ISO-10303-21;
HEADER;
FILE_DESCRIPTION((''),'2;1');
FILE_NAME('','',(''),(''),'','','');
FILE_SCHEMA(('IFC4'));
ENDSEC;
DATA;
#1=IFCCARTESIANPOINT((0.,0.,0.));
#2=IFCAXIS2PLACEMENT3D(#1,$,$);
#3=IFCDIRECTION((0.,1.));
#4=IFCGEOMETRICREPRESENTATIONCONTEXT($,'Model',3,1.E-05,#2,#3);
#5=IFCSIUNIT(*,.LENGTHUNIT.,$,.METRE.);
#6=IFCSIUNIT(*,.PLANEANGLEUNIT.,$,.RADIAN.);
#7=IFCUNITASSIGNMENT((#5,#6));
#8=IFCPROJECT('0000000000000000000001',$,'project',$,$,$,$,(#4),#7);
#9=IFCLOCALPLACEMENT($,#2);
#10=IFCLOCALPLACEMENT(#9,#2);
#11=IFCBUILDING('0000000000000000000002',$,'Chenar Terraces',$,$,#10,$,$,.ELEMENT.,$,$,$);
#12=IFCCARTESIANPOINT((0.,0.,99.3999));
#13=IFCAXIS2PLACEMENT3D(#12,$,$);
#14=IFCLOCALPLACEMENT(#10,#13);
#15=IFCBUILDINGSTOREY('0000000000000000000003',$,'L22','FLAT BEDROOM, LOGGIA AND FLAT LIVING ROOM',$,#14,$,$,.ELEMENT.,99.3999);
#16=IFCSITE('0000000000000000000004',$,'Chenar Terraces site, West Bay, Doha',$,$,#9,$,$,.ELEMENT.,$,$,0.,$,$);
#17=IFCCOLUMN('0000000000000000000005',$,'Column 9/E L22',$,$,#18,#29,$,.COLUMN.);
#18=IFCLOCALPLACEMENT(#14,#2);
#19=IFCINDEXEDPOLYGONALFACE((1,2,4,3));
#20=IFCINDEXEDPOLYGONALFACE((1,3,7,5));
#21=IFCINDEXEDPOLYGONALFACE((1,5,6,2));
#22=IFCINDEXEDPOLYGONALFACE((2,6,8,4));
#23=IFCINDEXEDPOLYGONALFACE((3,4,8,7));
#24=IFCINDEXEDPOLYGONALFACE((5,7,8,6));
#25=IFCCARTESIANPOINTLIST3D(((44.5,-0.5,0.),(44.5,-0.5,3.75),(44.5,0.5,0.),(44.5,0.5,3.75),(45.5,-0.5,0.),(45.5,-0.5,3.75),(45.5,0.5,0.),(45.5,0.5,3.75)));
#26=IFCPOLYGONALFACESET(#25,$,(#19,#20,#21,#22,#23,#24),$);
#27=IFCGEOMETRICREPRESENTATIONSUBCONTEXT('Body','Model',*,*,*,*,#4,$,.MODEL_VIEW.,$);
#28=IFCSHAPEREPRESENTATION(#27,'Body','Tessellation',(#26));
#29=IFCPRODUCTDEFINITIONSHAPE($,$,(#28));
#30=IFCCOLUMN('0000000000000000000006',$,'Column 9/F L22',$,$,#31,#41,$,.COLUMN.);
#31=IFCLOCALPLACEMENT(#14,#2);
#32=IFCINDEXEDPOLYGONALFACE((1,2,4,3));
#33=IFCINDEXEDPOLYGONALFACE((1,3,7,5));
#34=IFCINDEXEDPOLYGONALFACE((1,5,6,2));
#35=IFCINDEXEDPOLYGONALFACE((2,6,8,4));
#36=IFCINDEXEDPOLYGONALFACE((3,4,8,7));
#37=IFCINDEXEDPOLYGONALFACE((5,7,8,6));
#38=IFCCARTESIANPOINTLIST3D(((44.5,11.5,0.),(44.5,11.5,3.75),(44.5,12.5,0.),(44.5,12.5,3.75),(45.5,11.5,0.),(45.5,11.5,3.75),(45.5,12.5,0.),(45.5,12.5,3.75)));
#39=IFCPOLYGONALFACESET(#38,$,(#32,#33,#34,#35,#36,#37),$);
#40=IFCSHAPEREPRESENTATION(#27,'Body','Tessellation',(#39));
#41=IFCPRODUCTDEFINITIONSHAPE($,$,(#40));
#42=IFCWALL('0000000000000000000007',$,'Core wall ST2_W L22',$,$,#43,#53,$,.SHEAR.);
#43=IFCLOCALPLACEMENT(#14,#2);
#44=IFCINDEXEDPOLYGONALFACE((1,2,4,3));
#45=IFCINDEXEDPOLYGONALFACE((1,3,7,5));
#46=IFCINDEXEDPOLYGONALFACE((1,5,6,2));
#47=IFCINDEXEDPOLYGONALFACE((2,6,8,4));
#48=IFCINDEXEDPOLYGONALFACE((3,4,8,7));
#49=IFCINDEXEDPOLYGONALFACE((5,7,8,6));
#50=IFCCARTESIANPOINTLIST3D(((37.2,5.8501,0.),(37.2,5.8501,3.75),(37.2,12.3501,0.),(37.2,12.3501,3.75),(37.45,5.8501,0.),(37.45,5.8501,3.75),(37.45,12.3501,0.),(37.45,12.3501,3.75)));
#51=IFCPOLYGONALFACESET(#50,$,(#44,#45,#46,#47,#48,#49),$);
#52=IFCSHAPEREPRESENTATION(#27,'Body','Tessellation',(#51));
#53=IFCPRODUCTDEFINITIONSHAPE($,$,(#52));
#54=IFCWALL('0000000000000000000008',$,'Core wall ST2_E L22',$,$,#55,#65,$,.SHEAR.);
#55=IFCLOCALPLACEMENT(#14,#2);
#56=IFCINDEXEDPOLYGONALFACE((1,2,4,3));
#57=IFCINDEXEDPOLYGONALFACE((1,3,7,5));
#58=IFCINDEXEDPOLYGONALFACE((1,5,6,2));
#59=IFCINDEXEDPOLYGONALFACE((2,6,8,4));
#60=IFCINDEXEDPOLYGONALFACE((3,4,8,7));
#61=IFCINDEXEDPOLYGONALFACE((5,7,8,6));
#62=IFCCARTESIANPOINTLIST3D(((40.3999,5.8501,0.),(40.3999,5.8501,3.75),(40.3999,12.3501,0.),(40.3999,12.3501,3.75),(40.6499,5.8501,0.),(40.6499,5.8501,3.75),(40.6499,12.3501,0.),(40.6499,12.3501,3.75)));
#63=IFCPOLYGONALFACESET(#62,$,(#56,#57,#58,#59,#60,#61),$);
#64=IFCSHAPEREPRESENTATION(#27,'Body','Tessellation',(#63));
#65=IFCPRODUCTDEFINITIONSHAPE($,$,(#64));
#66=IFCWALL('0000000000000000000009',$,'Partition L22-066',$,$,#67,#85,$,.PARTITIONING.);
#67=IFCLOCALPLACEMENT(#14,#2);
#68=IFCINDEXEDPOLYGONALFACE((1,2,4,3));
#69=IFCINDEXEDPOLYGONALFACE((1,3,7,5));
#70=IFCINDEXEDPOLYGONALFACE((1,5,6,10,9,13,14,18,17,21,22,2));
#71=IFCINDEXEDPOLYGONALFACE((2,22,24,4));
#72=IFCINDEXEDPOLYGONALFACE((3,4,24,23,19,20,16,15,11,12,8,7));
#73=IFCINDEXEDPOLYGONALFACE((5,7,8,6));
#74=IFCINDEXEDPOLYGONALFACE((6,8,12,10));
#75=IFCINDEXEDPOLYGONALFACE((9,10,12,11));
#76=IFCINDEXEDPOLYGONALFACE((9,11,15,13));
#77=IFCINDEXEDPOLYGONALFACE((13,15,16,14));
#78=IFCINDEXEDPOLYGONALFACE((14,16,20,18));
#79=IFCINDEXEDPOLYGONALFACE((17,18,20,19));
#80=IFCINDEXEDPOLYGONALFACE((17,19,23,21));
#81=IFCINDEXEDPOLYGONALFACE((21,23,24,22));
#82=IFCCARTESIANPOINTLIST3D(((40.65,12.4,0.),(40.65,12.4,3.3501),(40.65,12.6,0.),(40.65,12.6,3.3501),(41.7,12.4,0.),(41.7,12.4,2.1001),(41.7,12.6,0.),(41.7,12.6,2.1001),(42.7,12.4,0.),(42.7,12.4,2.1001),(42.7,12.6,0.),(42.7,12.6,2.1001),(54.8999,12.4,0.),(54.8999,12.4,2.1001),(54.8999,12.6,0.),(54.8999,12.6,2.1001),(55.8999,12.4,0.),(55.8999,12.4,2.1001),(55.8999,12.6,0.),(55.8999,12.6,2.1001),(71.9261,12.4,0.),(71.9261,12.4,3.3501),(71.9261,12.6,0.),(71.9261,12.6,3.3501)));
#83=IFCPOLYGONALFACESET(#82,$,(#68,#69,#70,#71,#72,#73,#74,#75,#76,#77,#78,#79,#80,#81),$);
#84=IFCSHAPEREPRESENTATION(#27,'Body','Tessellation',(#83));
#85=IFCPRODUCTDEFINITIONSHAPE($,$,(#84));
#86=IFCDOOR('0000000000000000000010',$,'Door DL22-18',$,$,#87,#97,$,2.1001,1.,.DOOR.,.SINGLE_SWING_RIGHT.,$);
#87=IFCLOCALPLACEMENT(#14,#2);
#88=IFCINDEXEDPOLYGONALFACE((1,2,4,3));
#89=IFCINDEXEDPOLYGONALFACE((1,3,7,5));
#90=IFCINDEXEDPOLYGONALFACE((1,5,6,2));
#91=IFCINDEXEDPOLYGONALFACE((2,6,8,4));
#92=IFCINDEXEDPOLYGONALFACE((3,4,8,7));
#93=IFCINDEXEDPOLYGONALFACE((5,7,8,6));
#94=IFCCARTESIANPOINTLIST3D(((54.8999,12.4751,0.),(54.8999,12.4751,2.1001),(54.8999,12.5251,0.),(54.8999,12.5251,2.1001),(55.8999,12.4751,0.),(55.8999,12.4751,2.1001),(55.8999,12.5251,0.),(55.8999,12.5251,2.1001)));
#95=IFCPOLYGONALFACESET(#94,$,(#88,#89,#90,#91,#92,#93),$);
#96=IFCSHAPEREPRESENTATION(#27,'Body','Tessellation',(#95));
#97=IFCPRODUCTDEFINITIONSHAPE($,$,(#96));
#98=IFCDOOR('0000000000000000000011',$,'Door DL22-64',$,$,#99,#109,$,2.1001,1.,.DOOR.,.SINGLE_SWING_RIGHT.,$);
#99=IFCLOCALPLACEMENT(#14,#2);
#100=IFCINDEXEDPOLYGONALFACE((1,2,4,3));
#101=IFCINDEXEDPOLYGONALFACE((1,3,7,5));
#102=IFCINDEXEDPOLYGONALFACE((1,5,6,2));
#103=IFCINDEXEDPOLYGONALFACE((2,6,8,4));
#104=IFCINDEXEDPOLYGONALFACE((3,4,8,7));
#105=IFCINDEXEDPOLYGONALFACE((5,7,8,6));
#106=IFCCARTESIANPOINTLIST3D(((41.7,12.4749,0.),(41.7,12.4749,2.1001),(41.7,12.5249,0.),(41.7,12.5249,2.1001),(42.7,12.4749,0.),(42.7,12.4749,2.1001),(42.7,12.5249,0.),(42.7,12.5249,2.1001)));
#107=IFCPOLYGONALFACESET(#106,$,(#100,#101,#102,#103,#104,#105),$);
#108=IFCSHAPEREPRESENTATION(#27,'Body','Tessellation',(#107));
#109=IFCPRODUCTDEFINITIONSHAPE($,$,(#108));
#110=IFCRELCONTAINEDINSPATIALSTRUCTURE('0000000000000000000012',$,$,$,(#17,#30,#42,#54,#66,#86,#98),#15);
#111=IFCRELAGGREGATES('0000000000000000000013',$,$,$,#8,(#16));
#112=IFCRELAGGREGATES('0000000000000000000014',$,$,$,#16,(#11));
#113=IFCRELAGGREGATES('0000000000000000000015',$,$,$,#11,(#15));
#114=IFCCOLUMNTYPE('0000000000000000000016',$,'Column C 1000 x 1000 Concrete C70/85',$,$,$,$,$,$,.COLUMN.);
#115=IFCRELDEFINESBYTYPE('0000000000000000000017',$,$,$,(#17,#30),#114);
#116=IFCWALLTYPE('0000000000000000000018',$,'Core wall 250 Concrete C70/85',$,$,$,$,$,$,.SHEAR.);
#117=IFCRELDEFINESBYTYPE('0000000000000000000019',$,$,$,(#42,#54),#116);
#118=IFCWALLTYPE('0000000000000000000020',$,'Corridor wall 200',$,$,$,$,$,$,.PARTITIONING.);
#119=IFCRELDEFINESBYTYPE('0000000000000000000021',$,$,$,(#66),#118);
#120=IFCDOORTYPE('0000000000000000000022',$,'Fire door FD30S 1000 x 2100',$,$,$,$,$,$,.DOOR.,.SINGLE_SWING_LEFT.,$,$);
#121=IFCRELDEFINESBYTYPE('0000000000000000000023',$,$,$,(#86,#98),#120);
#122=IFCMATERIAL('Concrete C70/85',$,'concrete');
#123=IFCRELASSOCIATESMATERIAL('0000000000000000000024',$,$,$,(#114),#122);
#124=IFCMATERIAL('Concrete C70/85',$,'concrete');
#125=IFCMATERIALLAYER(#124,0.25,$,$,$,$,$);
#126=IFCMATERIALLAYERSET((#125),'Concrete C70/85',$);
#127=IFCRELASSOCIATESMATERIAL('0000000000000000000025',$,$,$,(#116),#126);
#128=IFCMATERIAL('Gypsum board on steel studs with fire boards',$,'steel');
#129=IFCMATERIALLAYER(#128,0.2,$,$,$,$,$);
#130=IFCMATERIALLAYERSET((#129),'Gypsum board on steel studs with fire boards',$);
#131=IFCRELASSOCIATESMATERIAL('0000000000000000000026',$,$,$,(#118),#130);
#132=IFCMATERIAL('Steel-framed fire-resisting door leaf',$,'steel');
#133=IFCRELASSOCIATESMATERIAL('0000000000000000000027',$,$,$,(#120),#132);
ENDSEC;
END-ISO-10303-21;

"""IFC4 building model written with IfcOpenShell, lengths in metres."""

from ifc_helpers import new_model, si_unit, direction, frame, frame_2d, origin, origin_2d, place, context, subcontext, project, spatial, rectangle, extrude, material, layer, layer_set, material_profile, profile_set, type_object, element, fill, save


model = new_model("IFC4")

# Units and contexts
model_context = context("Model", 3, precision=1e-05, world=origin(), true_north=direction((0.0, 1.0)))
body_context = subcontext(model_context, "Body", "Model", "MODEL_VIEW")
ifc_project = project(units=[si_unit("LENGTHUNIT", "METRE"), si_unit("PLANEANGLEUNIT", "RADIAN")], contexts=[model_context])

# Site, building, storey
site_placement = place(None, origin())
site = spatial("IfcSite", under=ifc_project, at=site_placement, Name="Chenar Terraces site, West Bay, Doha", CompositionType="ELEMENT", RefElevation=0.0)
building_placement = place(site_placement, origin())
building = spatial("IfcBuilding", under=site, at=building_placement, Name="Chenar Terraces", CompositionType="ELEMENT")
storey_placement = place(building_placement, frame((0.0, 0.0, 99.3999)))
storey = spatial("IfcBuildingStorey", under=building, at=storey_placement, Name="L22", Description="FLAT BEDROOM, LOGGIA AND FLAT LIVING ROOM", CompositionType="ELEMENT", Elevation=99.3999)

# Columns
ifc_material_1 = material(Name="Concrete C70/85", Category="concrete")
ifc_material_profile_1 = material_profile(ifc_material_1, rectangle(XDim=1.0, YDim=1.0, at=origin_2d()), Name="C 1000 x 1000")
ifc_profile_set_1 = profile_set([ifc_material_profile_1], Name="Concrete C70/85")
column_type = type_object("IfcColumnType", Name="Column C 1000 x 1000 Concrete C70/85", PredefinedType="COLUMN", material=ifc_profile_set_1)
for number, where, z_axis, x_axis, name in (
    (1, (45.0, 0.0, 0.0), (0.0, 0.0, 1.0), (1.0, 0.0, 0.0), "Column 9/E L22"),
    (2, (45.0, 12.0, 0.0), (0.0, 0.0, 1.0), (1.0, 0.0, 0.0), "Column 9/F L22"),
):
    element("IfcColumn", number, at=place(storey_placement, frame(where, z_axis=z_axis, x_axis=x_axis)), inside=storey, type_object=column_type, Name=name, PredefinedType="COLUMN", context=body_context, shape_type="SweptSolid", body=[
        extrude(rectangle(XDim=1.0, YDim=1.0, at=origin_2d()), origin(), (0.0, 0.0, 1.0), 3.75),
    ])

# Walls
ifc_material_2 = material(Name="Concrete C70/85", Category="concrete")
ifc_layer_1 = layer(ifc_material_2, 0.25)
ifc_layer_set_1 = layer_set([ifc_layer_1], Name="Concrete C70/85")
wall_type_1 = type_object("IfcWallType", Name="Core wall 250 Concrete C70/85", PredefinedType="SHEAR", material=ifc_layer_set_1)
for number, where, z_axis, x_axis, name in (
    (3, (37.325, 5.8501, 0.0), (0.0, 0.0, 1.0), (0.0, 1.0, 0.0), "Core wall ST2_W L22"),
    (4, (40.5249, 5.8501, 0.0), (0.0, 0.0, 1.0), (0.0, 1.0, 0.0), "Core wall ST2_E L22"),
):
    element("IfcWall", number, at=place(storey_placement, frame(where, z_axis=z_axis, x_axis=x_axis)), inside=storey, type_object=wall_type_1, Name=name, PredefinedType="SHEAR", context=body_context, shape_type="SweptSolid", body=[
        extrude(rectangle(XDim=6.5, YDim=0.25, at=frame_2d((3.25, 0.0))), origin(), (0.0, 0.0, 1.0), 3.75),
    ])

# Wall, openings, doors
ifc_material_3 = material(Name="Gypsum board on steel studs with fire boards", Category="steel")
ifc_layer_2 = layer(ifc_material_3, 0.2)
ifc_layer_set_2 = layer_set([ifc_layer_2], Name="Gypsum board on steel studs with fire boards")
wall_type_2 = type_object("IfcWallType", Name="Corridor wall 200", PredefinedType="PARTITIONING", material=ifc_layer_set_2)
wall_1_placement = place(storey_placement, frame((40.6499, 12.5, 0.0), z_axis=(0.0, 0.0, 1.0), x_axis=(1.0, 0.0, 0.0)))
wall_1 = element("IfcWall", 5, at=wall_1_placement, inside=storey, type_object=wall_type_2, Name="Partition L22-066", PredefinedType="PARTITIONING", context=body_context, shape_type="SweptSolid", body=[
    extrude(rectangle(XDim=31.2761, YDim=0.2, at=frame_2d((15.6382, 0.0))), origin(), (0.0, 0.0, 1.0), 3.3501),
])
opening_1_placement = place(wall_1_placement, frame((14.25, 0.0, 0.0)))
opening_1 = element("IfcOpeningElement", 6, at=opening_1_placement, cuts=wall_1, PredefinedType="OPENING", context=body_context, shape_type="SweptSolid", body=[
    extrude(rectangle(XDim=1.0, YDim=2.1001, at=frame_2d((0.5, 1.05))), frame((0.0, 0.1099, 0.0), z_axis=(0.0, -1.0, 0.0), x_axis=(1.0, 0.0, 0.0)), (0.0, 0.0, 1.0), 0.22),
])
opening_2_placement = place(wall_1_placement, frame((1.05, 0.0, 0.0)))
opening_2 = element("IfcOpeningElement", 7, at=opening_2_placement, cuts=wall_1, PredefinedType="OPENING", context=body_context, shape_type="SweptSolid", body=[
    extrude(rectangle(XDim=1.0, YDim=2.1001, at=frame_2d((0.5, 1.05))), frame((0.0, 0.1099, 0.0), z_axis=(0.0, -1.0, 0.0), x_axis=(1.0, 0.0, 0.0)), (0.0, 0.0, 1.0), 0.22),
])
ifc_material_4 = material(Name="Steel-framed fire-resisting door leaf", Category="steel")
door_type_1 = type_object("IfcDoorType", Name="Fire door FD30S 1000 x 2100", OperationType="SINGLE_SWING_LEFT", PredefinedType="DOOR", material=ifc_material_4)
door_1_placement = place(opening_1_placement, frame((1.0, 0.0, 0.0), z_axis=(0.0, 0.0, 1.0), x_axis=(-1.0, 0.0, 0.0)))
door_1 = element("IfcDoor", 8, at=door_1_placement, inside=storey, type_object=door_type_1, Name="Door DL22-18", OperationType="SINGLE_SWING_RIGHT", OverallHeight=2.1001, OverallWidth=1.0, PredefinedType="DOOR", context=body_context, shape_type="SweptSolid", body=[
    extrude(rectangle(XDim=1.0, YDim=2.1001, at=frame_2d((0.5, 1.05))), frame((0.0, 0.0249, 0.0), z_axis=(0.0, -1.0, 0.0), x_axis=(1.0, 0.0, 0.0)), (0.0, 0.0, 1.0), 0.05),
])
fill(opening_1, door_1)
door_2_placement = place(opening_2_placement, origin())
door_2 = element("IfcDoor", 9, at=door_2_placement, inside=storey, type_object=door_type_1, Name="Door DL22-64", OperationType="SINGLE_SWING_RIGHT", OverallHeight=2.1001, OverallWidth=1.0, PredefinedType="DOOR", context=body_context, shape_type="SweptSolid", body=[
    extrude(rectangle(XDim=1.0, YDim=2.1001, at=frame_2d((0.5, 1.05))), frame((0.0, 0.0249, 0.0), z_axis=(0.0, -1.0, 0.0), x_axis=(1.0, 0.0, 0.0)), (0.0, 0.0, 1.0), 0.05),
])
fill(opening_2, door_2)

save(model, "model.ifc")
